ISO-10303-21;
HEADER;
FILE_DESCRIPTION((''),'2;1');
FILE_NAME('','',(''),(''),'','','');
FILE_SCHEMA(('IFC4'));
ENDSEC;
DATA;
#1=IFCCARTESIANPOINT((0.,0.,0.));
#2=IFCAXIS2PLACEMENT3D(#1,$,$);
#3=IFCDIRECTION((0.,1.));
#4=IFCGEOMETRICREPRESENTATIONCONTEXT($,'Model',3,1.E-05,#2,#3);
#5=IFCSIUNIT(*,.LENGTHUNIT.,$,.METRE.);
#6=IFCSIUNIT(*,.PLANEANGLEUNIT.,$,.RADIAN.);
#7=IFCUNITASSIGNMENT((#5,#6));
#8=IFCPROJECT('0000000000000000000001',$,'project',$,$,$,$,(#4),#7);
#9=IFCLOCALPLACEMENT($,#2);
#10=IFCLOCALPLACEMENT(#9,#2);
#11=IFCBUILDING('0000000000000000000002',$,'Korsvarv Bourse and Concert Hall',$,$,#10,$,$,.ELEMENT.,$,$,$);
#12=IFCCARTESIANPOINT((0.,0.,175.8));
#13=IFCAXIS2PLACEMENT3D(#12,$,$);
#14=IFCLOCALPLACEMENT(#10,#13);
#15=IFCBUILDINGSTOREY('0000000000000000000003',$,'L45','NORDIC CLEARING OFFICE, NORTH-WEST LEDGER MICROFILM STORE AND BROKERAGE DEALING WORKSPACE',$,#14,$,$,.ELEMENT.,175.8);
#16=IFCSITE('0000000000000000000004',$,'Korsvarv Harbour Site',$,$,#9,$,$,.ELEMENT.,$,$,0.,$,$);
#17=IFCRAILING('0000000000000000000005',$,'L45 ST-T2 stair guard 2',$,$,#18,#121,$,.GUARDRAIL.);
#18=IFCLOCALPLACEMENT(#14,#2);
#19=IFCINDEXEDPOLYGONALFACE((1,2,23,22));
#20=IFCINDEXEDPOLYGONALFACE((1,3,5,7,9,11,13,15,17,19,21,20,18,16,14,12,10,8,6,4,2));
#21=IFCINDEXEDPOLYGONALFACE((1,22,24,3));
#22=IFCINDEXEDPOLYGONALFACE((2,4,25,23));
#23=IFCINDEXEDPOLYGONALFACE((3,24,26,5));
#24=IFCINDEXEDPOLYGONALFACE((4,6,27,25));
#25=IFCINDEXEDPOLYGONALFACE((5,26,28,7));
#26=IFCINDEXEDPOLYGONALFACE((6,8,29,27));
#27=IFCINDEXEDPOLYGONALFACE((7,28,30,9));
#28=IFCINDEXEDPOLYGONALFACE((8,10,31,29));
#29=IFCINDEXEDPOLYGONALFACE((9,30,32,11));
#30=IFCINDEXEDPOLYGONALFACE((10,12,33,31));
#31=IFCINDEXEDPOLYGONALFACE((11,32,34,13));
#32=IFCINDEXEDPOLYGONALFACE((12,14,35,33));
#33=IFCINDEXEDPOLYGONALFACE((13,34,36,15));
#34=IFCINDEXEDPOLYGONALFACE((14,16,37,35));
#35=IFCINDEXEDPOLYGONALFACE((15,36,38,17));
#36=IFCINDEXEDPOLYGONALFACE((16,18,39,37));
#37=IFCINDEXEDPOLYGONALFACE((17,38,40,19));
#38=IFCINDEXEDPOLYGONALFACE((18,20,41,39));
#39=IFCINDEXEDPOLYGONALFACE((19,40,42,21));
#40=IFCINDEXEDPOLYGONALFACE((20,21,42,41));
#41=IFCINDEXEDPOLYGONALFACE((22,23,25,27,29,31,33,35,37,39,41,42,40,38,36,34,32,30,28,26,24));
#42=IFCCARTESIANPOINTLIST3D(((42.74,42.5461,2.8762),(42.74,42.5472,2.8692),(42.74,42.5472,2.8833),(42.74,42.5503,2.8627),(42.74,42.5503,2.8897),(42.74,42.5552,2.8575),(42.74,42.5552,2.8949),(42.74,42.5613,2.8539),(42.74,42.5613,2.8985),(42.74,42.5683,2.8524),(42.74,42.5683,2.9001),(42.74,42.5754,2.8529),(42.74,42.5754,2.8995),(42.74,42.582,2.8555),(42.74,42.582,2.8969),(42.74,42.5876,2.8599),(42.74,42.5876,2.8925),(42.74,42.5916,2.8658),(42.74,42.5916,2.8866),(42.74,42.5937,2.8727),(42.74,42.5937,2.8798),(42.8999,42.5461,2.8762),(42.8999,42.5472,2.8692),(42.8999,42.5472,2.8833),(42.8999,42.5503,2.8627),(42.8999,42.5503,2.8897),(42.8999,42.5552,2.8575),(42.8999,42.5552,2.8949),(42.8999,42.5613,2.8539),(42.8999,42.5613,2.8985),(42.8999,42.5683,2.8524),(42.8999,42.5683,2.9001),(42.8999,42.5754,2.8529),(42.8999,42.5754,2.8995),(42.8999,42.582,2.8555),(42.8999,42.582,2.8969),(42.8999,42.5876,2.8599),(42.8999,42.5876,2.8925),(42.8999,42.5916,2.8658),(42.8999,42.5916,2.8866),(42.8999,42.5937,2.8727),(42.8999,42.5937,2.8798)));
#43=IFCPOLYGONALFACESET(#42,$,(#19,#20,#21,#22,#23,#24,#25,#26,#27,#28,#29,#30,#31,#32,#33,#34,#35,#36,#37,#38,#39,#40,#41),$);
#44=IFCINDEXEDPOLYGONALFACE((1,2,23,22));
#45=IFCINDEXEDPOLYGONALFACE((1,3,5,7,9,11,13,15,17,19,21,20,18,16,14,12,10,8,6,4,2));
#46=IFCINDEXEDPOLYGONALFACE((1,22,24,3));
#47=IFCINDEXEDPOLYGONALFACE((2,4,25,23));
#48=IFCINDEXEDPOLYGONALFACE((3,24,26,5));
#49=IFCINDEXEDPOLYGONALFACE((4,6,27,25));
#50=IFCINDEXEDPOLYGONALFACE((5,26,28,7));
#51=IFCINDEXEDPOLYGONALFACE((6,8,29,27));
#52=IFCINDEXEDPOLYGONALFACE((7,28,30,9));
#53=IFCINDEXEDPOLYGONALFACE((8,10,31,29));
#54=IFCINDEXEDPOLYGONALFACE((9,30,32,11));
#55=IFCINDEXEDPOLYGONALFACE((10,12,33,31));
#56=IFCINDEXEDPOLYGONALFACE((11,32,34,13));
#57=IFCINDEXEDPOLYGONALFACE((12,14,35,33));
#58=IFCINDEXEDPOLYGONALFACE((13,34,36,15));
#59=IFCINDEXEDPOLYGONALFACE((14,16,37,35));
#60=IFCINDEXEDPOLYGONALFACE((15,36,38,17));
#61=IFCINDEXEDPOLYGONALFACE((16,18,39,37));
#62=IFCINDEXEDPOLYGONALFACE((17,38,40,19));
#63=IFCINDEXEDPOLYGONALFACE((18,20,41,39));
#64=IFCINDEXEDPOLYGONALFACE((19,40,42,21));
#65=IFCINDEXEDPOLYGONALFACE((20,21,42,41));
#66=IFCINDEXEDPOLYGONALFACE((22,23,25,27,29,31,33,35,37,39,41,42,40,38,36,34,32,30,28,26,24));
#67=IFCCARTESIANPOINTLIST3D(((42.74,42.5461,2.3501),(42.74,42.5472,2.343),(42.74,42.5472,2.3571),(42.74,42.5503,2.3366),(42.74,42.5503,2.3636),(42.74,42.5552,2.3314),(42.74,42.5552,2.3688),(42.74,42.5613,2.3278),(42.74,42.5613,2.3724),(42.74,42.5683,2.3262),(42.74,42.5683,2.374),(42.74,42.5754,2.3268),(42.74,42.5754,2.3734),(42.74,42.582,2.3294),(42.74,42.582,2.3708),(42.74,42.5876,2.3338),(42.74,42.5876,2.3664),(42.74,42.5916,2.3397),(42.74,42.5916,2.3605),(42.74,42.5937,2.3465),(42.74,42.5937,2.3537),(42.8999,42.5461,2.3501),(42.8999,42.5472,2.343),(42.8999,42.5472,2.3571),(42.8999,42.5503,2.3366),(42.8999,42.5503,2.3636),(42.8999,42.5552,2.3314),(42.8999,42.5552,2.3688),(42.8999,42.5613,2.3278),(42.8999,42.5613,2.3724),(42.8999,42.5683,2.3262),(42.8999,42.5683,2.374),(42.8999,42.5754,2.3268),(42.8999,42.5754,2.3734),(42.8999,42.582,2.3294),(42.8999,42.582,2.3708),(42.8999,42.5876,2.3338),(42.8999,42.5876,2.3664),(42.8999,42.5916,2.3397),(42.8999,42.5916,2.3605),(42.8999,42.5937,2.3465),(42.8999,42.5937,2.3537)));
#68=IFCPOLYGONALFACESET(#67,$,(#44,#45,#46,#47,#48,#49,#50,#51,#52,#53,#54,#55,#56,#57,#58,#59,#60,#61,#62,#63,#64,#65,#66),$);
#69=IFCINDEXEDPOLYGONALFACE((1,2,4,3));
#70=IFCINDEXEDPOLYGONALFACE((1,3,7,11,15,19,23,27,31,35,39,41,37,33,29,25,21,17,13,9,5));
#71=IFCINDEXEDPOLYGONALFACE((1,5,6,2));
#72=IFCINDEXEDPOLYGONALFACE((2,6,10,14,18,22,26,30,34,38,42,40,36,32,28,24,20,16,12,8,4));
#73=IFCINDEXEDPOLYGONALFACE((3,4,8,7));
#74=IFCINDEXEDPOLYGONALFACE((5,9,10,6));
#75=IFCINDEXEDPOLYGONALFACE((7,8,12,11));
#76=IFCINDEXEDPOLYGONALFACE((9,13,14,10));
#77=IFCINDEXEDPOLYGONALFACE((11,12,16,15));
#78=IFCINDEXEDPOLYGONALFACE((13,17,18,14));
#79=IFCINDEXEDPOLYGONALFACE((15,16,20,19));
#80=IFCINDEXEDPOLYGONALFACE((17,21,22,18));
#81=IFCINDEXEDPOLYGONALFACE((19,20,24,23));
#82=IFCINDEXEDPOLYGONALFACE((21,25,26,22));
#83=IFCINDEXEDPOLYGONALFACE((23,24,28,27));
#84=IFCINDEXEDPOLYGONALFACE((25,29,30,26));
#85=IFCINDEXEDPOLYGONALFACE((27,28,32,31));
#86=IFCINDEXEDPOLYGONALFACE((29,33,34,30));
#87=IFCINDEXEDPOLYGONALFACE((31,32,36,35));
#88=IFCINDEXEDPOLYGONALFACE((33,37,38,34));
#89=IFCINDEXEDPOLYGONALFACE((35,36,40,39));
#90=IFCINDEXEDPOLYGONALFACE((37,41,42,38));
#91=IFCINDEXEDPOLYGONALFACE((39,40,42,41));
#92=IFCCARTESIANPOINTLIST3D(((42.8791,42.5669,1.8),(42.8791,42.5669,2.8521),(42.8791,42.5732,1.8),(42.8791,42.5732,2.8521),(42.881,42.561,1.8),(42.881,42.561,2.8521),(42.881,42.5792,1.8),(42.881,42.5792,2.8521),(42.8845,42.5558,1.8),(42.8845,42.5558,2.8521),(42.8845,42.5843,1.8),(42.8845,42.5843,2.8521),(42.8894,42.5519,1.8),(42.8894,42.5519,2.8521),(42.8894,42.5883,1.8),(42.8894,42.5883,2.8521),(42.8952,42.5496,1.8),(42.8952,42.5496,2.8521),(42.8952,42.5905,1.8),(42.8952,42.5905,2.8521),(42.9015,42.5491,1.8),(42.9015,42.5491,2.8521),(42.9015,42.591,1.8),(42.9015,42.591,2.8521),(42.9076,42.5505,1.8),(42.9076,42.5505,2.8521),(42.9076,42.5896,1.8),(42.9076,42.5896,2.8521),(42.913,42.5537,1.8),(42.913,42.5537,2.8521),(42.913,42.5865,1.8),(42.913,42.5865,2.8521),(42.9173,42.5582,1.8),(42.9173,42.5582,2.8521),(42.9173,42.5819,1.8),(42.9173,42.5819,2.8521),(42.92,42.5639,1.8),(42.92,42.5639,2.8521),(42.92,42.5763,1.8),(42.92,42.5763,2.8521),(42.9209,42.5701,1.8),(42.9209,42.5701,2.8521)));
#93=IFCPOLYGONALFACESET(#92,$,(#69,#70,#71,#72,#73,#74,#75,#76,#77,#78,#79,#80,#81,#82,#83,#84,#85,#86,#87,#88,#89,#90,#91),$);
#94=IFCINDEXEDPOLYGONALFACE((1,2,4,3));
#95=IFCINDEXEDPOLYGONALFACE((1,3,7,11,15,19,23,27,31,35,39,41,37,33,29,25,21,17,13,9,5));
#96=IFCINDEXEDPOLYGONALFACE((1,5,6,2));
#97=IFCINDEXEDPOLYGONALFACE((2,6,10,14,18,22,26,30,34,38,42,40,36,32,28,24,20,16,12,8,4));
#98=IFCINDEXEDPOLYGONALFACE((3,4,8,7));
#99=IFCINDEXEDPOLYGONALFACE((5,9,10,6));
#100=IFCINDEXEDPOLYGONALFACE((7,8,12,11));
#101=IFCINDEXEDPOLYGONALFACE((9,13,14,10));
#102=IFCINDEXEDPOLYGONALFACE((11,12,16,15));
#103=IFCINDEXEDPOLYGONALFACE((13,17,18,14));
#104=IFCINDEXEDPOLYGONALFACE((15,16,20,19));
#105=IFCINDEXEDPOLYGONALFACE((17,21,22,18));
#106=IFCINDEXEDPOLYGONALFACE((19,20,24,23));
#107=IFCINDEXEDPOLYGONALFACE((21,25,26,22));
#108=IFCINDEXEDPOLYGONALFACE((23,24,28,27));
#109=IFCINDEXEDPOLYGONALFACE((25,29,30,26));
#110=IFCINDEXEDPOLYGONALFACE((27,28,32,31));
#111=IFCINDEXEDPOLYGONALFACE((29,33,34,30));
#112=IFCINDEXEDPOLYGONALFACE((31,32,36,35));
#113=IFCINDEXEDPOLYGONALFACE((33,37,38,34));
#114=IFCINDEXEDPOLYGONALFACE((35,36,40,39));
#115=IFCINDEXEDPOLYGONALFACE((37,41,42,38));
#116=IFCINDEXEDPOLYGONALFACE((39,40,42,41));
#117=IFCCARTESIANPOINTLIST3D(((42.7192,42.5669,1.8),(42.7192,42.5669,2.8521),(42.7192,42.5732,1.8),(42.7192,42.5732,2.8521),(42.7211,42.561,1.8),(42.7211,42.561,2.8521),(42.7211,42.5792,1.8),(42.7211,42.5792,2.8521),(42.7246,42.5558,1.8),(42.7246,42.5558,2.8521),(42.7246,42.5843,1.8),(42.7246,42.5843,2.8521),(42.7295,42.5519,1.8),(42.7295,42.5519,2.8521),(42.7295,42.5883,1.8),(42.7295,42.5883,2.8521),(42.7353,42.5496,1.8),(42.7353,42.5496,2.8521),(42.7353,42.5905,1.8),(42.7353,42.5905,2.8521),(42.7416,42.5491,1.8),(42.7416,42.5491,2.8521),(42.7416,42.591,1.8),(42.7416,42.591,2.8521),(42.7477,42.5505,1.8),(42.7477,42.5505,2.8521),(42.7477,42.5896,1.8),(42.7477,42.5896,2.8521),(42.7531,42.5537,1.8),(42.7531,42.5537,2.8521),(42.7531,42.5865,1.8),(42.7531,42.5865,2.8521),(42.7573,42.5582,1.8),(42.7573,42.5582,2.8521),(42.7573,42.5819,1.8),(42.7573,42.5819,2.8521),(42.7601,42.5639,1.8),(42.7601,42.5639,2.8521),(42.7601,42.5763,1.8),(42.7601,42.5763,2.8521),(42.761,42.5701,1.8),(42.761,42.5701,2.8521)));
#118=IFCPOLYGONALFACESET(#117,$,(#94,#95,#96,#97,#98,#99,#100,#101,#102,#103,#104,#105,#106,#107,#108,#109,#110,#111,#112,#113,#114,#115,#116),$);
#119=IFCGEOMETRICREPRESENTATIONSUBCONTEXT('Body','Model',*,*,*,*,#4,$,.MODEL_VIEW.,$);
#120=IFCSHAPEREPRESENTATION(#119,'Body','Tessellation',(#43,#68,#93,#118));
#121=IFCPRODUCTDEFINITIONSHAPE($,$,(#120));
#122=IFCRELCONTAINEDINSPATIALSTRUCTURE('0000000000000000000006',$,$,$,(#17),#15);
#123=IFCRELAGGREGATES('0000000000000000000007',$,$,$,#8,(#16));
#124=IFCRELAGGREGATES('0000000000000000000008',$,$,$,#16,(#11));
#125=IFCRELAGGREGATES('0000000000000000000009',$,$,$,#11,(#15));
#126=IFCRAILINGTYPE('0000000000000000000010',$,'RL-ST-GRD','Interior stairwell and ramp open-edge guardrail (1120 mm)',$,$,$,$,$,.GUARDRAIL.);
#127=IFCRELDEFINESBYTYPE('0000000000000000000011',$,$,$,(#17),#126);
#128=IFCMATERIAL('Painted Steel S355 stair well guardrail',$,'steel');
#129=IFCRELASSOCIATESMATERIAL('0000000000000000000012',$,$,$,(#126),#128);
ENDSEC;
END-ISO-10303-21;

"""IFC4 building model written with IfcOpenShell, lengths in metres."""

from ifc_helpers import new_model, si_unit, direction, frame, origin, origin_2d, place, context, subcontext, project, spatial, circle, extrude, material, type_object, element, save


model = new_model("IFC4")

# Units and contexts
model_context = context("Model", 3, precision=1e-05, world=origin(), true_north=direction((0.0, 1.0)))
body_context = subcontext(model_context, "Body", "Model", "MODEL_VIEW")
ifc_project = project(units=[si_unit("LENGTHUNIT", "METRE"), si_unit("PLANEANGLEUNIT", "RADIAN")], contexts=[model_context])

# Site, building, storey
site_placement = place(None, origin())
site = spatial("IfcSite", under=ifc_project, at=site_placement, Name="Korsvarv Harbour Site", CompositionType="ELEMENT", RefElevation=0.0)
building_placement = place(site_placement, origin())
building = spatial("IfcBuilding", under=site, at=building_placement, Name="Korsvarv Bourse and Concert Hall", CompositionType="ELEMENT")
storey_placement = place(building_placement, frame((0.0, 0.0, 175.8)))
storey = spatial("IfcBuildingStorey", under=building, at=storey_placement, Name="L45", Description="NORDIC CLEARING OFFICE, NORTH-WEST LEDGER MICROFILM STORE AND BROKERAGE DEALING WORKSPACE", CompositionType="ELEMENT", Elevation=175.8)

# Railing
ifc_material_1 = material(Name="Painted Steel S355 stair well guardrail", Category="steel")
railing_type_1 = type_object("IfcRailingType", Name="RL-ST-GRD", Description="Interior stairwell and ramp open-edge guardrail (1120 mm)", PredefinedType="GUARDRAIL", material=ifc_material_1)
railing_1_placement = place(storey_placement, frame((42.8999, 42.5701, 1.8)))
element("IfcRailing", 1, at=railing_1_placement, inside=storey, type_object=railing_type_1, Name="L45 ST-T2 stair guard 2", PredefinedType="GUARDRAIL", context=body_context, shape_type="SweptSolid", body=[
    extrude(circle(Radius=0.0239, at=origin_2d()), frame((0.0, 0.0, 1.0762), z_axis=(-1.0, 0.0, 0.0), x_axis=(0.0, -1.0, 0.0)), (0.0, 0.0, 1.0), 0.1599),
    extrude(circle(Radius=0.0239, at=origin_2d()), frame((0.0, 0.0, 0.55), z_axis=(-1.0, 0.0, 0.0), x_axis=(0.0, -1.0, 0.0)), (0.0, 0.0, 1.0), 0.1599),
    extrude(circle(Radius=0.021, at=origin_2d()), origin(), (0.0, 0.0, 1.0), 1.052),
    extrude(circle(Radius=0.021, at=origin_2d()), frame((-0.1599, 0.0, 0.0)), (0.0, 0.0, 1.0), 1.052),
])

save(model, "model.ifc")
